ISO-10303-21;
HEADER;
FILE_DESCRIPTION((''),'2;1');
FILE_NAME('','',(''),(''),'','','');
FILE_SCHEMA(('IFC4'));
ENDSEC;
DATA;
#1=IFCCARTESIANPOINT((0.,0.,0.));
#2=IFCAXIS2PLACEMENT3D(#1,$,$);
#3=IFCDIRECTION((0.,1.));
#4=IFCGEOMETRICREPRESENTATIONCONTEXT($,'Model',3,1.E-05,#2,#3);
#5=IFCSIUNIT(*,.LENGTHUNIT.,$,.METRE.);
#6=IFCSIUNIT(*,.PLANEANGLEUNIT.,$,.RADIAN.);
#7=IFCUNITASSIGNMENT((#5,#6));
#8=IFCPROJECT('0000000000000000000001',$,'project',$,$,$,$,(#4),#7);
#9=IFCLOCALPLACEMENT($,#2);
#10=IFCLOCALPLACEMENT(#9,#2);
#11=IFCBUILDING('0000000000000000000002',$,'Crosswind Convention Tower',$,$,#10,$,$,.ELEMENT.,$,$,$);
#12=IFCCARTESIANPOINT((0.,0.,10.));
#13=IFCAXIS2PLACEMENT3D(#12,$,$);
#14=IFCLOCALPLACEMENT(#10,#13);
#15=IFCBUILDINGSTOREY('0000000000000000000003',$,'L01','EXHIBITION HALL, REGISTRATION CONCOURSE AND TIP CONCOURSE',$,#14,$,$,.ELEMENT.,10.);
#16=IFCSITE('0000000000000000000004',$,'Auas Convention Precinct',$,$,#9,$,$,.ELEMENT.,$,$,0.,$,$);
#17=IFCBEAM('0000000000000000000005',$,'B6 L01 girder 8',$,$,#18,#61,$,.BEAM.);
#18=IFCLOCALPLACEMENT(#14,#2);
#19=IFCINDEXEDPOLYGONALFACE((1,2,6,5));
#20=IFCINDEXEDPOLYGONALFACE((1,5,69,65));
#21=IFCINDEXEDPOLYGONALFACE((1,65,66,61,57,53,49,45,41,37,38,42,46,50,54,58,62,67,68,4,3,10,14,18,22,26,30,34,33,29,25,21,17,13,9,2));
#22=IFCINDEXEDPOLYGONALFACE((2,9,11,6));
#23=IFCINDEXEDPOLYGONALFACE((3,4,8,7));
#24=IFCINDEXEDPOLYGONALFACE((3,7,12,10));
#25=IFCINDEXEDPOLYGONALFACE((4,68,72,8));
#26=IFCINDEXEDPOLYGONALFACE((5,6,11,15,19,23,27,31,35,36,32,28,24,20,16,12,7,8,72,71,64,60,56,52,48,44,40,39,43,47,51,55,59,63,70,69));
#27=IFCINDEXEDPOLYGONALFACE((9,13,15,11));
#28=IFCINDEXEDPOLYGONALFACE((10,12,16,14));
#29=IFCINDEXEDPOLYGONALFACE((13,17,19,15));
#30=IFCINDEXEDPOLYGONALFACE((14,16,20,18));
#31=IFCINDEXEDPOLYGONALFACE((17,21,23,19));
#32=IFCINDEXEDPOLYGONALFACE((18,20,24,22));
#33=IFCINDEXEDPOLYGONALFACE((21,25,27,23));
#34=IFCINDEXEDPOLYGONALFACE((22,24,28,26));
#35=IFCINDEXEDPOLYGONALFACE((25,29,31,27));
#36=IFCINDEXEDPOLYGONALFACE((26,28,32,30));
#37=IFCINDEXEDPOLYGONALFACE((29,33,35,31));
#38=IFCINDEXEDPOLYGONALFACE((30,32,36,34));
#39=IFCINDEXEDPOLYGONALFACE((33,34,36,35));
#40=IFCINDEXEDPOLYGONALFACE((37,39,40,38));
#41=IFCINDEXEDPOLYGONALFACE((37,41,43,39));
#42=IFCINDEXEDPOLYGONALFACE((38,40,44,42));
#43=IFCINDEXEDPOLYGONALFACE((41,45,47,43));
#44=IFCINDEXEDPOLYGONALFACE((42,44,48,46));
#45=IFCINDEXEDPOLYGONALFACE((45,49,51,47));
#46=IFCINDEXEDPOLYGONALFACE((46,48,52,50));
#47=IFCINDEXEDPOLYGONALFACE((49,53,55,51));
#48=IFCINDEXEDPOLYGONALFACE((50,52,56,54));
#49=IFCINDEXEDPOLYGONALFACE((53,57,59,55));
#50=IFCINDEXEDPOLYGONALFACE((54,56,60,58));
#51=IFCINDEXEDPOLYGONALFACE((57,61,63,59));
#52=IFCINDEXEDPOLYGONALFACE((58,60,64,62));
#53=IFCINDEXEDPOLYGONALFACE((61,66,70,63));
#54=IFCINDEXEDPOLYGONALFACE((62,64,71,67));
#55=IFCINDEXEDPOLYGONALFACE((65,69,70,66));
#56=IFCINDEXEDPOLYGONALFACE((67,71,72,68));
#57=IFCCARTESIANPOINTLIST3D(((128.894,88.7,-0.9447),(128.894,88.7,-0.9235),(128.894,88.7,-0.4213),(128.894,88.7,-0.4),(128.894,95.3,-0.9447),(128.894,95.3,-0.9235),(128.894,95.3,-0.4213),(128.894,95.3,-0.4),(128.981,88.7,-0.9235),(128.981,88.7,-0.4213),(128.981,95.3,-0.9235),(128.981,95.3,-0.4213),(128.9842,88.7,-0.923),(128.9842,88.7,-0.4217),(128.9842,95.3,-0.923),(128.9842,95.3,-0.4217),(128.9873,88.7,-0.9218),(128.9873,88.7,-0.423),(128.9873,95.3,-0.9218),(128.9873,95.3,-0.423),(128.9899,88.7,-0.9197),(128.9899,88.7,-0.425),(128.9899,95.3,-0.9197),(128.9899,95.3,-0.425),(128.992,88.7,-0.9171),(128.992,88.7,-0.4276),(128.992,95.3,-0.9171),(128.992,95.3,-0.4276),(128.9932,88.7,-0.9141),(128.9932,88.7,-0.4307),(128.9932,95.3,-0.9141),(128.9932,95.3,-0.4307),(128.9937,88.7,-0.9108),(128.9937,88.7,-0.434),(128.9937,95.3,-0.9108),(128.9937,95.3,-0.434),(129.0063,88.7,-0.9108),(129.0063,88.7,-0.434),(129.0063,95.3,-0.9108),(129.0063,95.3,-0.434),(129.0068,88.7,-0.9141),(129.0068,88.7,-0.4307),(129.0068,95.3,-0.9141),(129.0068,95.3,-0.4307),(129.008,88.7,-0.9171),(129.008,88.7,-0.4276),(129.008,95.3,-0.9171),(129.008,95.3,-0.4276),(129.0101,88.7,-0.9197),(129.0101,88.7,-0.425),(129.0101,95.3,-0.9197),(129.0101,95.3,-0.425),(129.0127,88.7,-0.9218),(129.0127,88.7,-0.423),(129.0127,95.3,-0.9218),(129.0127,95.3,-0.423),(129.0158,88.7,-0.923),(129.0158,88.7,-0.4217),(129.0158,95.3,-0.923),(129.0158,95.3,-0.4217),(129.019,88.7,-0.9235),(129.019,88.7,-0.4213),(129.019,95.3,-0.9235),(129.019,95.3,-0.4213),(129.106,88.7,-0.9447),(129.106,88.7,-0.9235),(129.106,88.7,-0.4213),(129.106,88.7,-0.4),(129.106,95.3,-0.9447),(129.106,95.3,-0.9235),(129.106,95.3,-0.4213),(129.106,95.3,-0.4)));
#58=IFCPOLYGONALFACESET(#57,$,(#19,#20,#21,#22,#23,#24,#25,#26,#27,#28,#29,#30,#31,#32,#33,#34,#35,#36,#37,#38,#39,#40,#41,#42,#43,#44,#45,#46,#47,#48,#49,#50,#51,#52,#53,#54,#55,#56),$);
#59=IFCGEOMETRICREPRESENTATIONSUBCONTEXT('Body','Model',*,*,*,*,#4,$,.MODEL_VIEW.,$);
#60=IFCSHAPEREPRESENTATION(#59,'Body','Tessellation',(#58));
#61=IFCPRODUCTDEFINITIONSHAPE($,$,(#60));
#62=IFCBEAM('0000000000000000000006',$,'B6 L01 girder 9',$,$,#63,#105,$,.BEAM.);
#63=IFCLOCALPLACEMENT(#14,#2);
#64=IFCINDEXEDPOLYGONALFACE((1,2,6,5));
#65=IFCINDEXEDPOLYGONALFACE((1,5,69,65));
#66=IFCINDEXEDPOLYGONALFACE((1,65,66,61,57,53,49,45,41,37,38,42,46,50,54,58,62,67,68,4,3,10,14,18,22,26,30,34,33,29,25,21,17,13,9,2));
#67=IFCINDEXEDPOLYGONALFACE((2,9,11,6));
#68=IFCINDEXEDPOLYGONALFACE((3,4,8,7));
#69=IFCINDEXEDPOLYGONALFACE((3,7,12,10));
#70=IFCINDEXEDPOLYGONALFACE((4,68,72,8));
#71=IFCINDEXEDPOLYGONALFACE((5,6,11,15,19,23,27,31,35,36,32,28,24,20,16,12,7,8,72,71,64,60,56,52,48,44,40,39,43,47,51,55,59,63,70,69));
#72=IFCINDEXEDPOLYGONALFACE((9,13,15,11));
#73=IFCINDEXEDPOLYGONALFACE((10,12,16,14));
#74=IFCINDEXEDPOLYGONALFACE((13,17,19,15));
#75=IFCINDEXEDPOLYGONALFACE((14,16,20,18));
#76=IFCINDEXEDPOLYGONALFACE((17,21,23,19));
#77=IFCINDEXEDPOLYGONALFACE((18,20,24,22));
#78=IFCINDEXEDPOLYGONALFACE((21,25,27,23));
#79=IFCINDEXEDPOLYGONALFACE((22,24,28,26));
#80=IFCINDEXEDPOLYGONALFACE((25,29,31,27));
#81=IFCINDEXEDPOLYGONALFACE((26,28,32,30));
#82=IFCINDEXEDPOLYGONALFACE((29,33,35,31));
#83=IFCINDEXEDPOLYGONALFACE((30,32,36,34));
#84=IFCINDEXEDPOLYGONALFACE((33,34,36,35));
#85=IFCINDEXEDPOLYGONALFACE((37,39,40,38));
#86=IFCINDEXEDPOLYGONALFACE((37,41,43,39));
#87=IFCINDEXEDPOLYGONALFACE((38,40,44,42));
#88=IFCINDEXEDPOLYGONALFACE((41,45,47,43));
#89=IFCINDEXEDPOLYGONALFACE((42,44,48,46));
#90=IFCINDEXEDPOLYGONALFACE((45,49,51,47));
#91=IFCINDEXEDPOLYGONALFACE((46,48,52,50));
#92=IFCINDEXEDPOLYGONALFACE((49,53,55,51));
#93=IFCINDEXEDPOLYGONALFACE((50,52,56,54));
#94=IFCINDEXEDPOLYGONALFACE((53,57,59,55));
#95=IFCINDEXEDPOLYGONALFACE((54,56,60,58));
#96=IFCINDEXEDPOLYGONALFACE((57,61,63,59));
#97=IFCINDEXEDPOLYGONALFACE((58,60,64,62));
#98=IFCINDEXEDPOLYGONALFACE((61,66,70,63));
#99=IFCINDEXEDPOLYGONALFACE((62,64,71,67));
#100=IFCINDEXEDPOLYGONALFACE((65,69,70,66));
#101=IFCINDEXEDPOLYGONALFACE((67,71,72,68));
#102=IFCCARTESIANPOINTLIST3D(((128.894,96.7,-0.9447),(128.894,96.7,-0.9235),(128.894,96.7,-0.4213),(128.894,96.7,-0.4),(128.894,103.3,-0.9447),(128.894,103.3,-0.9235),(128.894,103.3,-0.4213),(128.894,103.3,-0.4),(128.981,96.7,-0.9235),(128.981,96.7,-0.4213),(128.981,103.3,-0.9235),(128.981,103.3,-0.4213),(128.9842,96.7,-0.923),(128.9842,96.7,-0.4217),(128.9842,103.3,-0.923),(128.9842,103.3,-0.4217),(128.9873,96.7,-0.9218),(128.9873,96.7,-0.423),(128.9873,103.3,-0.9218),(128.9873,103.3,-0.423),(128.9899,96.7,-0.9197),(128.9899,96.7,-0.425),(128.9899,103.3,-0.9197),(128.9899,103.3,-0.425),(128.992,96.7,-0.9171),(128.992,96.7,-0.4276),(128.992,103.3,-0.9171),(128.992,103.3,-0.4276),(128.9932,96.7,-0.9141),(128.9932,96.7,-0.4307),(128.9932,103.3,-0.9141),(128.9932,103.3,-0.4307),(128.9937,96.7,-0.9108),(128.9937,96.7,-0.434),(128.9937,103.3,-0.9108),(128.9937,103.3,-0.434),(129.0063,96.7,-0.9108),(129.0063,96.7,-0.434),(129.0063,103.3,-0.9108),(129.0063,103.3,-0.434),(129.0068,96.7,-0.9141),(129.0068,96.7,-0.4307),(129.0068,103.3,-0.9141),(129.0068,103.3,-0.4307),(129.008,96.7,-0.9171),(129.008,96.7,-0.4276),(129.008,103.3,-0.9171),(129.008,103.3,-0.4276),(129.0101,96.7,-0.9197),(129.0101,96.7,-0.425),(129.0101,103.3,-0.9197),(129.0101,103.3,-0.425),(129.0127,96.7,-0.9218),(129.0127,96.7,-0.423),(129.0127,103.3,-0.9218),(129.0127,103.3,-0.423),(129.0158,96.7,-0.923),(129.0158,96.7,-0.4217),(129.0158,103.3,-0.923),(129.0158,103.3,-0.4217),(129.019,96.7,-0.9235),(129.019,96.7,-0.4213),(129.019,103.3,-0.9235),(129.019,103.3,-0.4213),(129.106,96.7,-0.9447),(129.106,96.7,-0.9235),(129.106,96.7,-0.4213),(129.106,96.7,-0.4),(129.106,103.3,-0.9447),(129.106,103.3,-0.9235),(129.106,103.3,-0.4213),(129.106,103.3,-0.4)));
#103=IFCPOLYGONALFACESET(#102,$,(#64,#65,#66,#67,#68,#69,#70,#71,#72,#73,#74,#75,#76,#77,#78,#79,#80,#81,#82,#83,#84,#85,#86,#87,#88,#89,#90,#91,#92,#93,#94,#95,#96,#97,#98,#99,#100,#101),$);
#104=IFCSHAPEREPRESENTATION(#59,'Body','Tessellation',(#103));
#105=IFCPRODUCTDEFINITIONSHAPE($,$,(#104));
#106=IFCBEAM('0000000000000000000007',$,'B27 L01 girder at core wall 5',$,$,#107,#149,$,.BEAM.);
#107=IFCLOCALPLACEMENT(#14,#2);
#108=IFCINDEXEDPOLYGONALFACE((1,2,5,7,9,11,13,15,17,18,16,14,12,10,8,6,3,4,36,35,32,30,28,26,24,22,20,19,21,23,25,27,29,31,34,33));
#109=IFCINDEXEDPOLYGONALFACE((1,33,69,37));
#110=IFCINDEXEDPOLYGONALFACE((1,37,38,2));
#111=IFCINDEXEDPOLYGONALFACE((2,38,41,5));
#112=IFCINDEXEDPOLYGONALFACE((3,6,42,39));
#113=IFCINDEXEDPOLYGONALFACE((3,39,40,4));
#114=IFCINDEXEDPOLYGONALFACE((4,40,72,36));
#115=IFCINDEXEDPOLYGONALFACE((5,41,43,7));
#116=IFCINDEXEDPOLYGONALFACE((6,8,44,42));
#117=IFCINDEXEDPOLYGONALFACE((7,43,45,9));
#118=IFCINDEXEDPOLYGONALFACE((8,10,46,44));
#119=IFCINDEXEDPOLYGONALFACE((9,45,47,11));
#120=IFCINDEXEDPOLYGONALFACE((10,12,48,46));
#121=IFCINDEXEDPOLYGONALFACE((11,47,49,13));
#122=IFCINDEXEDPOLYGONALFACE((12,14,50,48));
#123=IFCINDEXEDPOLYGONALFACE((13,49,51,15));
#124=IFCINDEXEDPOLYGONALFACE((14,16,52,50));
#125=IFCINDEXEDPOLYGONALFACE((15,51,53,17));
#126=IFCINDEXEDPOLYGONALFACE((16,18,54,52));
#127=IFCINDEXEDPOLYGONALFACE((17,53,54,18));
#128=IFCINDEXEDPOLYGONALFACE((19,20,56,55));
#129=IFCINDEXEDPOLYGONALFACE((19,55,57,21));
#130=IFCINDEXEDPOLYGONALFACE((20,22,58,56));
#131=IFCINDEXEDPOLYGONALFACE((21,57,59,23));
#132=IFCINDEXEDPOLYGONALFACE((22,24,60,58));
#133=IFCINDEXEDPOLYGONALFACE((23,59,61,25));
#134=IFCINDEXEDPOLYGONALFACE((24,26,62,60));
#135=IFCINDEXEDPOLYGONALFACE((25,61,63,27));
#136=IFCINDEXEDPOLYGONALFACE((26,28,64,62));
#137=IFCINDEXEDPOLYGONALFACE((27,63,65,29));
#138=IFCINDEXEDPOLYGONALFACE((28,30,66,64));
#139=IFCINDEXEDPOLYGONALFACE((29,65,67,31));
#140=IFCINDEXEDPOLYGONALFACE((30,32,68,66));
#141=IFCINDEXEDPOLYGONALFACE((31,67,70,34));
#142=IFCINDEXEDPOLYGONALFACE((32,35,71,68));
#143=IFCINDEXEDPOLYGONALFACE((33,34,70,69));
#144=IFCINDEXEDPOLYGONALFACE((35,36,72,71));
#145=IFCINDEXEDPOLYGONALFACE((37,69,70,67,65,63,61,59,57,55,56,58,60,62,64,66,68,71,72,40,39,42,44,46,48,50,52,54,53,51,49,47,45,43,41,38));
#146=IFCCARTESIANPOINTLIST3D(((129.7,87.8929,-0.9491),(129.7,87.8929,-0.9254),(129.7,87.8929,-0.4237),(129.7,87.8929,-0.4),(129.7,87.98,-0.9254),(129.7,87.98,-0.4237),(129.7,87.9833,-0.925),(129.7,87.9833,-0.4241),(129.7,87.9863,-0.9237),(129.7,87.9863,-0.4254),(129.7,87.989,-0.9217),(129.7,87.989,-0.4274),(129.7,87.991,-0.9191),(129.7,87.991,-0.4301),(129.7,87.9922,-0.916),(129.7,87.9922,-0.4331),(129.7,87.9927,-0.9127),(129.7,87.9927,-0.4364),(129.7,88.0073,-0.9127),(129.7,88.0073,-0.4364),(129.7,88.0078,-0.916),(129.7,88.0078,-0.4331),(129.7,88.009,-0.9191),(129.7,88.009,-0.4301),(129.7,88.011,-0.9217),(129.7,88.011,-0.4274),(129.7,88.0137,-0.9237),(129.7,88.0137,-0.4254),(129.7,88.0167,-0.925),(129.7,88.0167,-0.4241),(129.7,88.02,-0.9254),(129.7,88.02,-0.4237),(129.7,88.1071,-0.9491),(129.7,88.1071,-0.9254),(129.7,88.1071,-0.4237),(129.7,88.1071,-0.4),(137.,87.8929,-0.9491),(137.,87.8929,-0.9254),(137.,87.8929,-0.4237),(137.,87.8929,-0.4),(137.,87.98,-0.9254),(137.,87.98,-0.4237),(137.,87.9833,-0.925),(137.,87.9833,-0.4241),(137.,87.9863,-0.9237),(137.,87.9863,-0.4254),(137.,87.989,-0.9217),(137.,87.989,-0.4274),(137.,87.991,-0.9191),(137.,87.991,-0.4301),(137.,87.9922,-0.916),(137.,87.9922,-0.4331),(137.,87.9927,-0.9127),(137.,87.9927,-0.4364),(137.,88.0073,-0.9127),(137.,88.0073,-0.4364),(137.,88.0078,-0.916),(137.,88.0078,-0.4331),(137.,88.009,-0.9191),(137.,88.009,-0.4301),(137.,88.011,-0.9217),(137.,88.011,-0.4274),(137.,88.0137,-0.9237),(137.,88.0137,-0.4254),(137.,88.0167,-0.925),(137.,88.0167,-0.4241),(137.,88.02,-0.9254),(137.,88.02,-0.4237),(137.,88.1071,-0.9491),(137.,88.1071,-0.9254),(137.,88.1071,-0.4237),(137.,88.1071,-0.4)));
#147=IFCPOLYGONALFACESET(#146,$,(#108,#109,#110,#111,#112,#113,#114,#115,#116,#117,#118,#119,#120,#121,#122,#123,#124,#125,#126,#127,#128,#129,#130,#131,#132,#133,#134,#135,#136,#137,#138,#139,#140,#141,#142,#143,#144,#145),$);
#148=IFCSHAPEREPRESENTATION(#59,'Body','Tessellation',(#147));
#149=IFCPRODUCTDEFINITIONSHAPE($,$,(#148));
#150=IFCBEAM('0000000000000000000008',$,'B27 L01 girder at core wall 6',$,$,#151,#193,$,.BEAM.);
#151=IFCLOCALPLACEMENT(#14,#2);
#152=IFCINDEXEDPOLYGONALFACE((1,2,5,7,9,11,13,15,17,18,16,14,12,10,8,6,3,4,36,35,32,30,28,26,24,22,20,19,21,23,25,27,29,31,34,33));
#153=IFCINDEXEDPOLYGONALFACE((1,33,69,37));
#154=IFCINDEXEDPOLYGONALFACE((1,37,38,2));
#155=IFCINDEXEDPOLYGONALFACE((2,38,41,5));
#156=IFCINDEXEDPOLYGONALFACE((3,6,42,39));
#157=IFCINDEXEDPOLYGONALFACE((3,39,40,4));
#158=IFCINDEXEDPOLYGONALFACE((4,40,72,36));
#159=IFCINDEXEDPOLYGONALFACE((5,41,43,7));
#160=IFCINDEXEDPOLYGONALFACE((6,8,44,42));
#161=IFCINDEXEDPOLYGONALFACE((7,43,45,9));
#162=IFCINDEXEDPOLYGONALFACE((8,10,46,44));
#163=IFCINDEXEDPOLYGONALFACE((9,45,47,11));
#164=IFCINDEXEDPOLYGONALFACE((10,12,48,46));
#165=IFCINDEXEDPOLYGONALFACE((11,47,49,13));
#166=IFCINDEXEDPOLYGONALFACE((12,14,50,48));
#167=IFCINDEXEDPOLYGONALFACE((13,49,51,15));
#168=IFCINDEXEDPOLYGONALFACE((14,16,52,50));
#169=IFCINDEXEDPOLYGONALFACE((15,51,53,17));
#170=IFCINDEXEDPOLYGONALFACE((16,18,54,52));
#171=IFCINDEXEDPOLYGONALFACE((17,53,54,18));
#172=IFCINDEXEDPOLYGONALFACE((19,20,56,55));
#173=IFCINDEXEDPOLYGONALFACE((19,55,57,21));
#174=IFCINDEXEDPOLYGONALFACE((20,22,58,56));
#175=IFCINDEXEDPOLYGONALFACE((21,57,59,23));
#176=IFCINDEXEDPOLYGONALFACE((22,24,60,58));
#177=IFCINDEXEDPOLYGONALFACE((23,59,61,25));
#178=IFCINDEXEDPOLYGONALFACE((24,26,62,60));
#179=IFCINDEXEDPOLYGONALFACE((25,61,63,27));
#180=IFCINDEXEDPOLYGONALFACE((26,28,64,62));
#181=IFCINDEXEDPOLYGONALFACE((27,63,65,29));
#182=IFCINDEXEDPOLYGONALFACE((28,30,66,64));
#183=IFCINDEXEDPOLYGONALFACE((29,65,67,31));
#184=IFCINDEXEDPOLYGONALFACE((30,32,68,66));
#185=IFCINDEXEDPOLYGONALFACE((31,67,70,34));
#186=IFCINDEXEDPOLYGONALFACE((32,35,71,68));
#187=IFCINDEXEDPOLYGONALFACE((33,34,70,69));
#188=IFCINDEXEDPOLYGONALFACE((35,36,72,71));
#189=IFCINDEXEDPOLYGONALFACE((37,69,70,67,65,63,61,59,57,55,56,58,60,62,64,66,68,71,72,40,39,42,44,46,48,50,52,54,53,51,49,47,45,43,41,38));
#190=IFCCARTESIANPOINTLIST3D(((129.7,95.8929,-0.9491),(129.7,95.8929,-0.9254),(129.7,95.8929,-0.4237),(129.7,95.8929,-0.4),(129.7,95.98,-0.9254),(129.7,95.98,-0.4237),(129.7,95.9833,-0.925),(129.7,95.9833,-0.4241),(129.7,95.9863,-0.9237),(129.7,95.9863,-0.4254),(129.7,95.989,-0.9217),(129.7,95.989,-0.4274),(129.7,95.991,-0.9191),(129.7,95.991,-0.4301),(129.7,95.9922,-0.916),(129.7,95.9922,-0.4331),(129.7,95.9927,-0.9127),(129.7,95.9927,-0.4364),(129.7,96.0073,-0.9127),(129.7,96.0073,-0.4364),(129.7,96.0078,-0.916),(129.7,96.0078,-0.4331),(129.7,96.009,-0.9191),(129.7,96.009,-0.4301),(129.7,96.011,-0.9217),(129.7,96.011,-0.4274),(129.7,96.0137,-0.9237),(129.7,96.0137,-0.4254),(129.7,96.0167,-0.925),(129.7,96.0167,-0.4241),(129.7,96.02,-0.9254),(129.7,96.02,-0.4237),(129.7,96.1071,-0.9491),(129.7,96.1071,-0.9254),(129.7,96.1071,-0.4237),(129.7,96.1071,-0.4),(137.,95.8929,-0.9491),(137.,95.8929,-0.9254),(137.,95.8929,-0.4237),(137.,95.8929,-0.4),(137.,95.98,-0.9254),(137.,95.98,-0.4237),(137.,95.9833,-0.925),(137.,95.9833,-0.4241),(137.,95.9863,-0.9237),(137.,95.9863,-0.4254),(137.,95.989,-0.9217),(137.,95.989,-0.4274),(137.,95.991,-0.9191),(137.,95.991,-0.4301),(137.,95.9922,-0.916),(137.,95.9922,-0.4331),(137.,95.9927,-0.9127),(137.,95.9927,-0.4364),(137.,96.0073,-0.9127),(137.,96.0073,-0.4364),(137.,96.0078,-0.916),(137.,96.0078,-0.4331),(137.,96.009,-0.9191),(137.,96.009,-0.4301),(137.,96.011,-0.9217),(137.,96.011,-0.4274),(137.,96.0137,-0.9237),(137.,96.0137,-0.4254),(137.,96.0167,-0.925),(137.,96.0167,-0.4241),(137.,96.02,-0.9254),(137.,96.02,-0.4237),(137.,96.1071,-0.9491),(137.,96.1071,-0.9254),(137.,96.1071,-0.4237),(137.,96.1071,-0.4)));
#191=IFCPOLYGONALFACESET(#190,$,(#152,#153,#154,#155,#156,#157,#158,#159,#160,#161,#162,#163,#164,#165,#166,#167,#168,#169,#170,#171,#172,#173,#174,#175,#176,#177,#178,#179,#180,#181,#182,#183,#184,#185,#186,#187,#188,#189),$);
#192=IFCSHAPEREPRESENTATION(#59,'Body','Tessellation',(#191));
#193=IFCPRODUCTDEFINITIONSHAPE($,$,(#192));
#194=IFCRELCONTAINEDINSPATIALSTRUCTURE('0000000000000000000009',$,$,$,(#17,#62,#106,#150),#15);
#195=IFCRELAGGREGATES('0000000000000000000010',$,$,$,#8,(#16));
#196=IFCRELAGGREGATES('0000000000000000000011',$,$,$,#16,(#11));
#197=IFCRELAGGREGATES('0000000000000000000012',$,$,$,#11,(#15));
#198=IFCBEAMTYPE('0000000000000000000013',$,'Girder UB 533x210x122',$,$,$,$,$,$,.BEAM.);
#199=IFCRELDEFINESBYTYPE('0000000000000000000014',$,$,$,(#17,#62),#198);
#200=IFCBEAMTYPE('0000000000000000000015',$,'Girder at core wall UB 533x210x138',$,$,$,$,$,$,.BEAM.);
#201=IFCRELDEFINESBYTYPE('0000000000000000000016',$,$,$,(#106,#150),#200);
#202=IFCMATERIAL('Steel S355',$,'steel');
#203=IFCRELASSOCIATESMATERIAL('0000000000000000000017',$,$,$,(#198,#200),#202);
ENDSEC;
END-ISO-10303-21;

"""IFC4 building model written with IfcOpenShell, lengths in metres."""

from ifc_helpers import new_model, si_unit, direction, frame, origin, origin_2d, place, context, subcontext, project, spatial, i_section, extrude, material, material_profile, profile_set, type_object, element, save


model = new_model("IFC4")

# Units and contexts
model_context = context("Model", 3, precision=1e-05, world=origin(), true_north=direction((0.0, 1.0)))
body_context = subcontext(model_context, "Body", "Model", "MODEL_VIEW")
ifc_project = project(units=[si_unit("LENGTHUNIT", "METRE"), si_unit("PLANEANGLEUNIT", "RADIAN")], contexts=[model_context])

# Site, building, storey
site_placement = place(None, origin())
site = spatial("IfcSite", under=ifc_project, at=site_placement, Name="Auas Convention Precinct", CompositionType="ELEMENT", RefElevation=0.0)
building_placement = place(site_placement, origin())
building = spatial("IfcBuilding", under=site, at=building_placement, Name="Crosswind Convention Tower", CompositionType="ELEMENT")
storey_placement = place(building_placement, frame((0.0, 0.0, 10.0)))
storey = spatial("IfcBuildingStorey", under=building, at=storey_placement, Name="L01", Description="EXHIBITION HALL, REGISTRATION CONCOURSE AND TIP CONCOURSE", CompositionType="ELEMENT", Elevation=10.0)

# Beams
ifc_material_1 = material(Name="Steel S355", Category="steel")
ifc_material_profile_1 = material_profile(ifc_material_1, i_section(OverallWidth=0.2119, OverallDepth=0.5447, WebThickness=0.0127, FlangeThickness=0.0212, FilletRadius=0.0127, at=origin_2d()), Name="UB 533x210x122")
ifc_profile_set_1 = profile_set([ifc_material_profile_1], Name="Steel S355")
beam_type_1 = type_object("IfcBeamType", Name="Girder UB 533x210x122", PredefinedType="BEAM", material=ifc_profile_set_1)
for number, where, z_axis, x_axis, name in (
    (1, (129.0, 88.7, -0.6724), (0.0, 1.0, 0.0), (-1.0, 0.0, 0.0), "B6 L01 girder 8"),
    (2, (129.0, 96.7, -0.6724), (0.0, 1.0, 0.0), (-1.0, 0.0, 0.0), "B6 L01 girder 9"),
):
    element("IfcBeam", number, at=place(storey_placement, frame(where, z_axis=z_axis, x_axis=x_axis)), inside=storey, type_object=beam_type_1, Name=name, PredefinedType="BEAM", context=body_context, shape_type="SweptSolid", body=[
        extrude(i_section(OverallWidth=0.2119, OverallDepth=0.5447, WebThickness=0.0127, FlangeThickness=0.0212, FilletRadius=0.0127, at=origin_2d()), origin(), (0.0, 0.0, 1.0), 6.6001),
    ])
ifc_material_profile_2 = material_profile(ifc_material_1, i_section(OverallWidth=0.2141, OverallDepth=0.5491, WebThickness=0.0146, FlangeThickness=0.0237, FilletRadius=0.0127, at=origin_2d()), Name="UB 533x210x138")
ifc_profile_set_2 = profile_set([ifc_material_profile_2], Name="Steel S355")
beam_type_2 = type_object("IfcBeamType", Name="Girder at core wall UB 533x210x138", PredefinedType="BEAM", material=ifc_profile_set_2)
for number, where, z_axis, x_axis, name in (
    (3, (129.7, 88.0, -0.6746), (1.0, 0.0, 0.0), (0.0, 1.0, 0.0), "B27 L01 girder at core wall 5"),
    (4, (129.7, 96.0, -0.6746), (1.0, 0.0, 0.0), (0.0, 1.0, 0.0), "B27 L01 girder at core wall 6"),
):
    element("IfcBeam", number, at=place(storey_placement, frame(where, z_axis=z_axis, x_axis=x_axis)), inside=storey, type_object=beam_type_2, Name=name, PredefinedType="BEAM", context=body_context, shape_type="SweptSolid", body=[
        extrude(i_section(OverallWidth=0.2141, OverallDepth=0.5491, WebThickness=0.0146, FlangeThickness=0.0237, FilletRadius=0.0127, at=origin_2d()), origin(), (0.0, 0.0, 1.0), 7.3),
    ])

save(model, "model.ifc")
